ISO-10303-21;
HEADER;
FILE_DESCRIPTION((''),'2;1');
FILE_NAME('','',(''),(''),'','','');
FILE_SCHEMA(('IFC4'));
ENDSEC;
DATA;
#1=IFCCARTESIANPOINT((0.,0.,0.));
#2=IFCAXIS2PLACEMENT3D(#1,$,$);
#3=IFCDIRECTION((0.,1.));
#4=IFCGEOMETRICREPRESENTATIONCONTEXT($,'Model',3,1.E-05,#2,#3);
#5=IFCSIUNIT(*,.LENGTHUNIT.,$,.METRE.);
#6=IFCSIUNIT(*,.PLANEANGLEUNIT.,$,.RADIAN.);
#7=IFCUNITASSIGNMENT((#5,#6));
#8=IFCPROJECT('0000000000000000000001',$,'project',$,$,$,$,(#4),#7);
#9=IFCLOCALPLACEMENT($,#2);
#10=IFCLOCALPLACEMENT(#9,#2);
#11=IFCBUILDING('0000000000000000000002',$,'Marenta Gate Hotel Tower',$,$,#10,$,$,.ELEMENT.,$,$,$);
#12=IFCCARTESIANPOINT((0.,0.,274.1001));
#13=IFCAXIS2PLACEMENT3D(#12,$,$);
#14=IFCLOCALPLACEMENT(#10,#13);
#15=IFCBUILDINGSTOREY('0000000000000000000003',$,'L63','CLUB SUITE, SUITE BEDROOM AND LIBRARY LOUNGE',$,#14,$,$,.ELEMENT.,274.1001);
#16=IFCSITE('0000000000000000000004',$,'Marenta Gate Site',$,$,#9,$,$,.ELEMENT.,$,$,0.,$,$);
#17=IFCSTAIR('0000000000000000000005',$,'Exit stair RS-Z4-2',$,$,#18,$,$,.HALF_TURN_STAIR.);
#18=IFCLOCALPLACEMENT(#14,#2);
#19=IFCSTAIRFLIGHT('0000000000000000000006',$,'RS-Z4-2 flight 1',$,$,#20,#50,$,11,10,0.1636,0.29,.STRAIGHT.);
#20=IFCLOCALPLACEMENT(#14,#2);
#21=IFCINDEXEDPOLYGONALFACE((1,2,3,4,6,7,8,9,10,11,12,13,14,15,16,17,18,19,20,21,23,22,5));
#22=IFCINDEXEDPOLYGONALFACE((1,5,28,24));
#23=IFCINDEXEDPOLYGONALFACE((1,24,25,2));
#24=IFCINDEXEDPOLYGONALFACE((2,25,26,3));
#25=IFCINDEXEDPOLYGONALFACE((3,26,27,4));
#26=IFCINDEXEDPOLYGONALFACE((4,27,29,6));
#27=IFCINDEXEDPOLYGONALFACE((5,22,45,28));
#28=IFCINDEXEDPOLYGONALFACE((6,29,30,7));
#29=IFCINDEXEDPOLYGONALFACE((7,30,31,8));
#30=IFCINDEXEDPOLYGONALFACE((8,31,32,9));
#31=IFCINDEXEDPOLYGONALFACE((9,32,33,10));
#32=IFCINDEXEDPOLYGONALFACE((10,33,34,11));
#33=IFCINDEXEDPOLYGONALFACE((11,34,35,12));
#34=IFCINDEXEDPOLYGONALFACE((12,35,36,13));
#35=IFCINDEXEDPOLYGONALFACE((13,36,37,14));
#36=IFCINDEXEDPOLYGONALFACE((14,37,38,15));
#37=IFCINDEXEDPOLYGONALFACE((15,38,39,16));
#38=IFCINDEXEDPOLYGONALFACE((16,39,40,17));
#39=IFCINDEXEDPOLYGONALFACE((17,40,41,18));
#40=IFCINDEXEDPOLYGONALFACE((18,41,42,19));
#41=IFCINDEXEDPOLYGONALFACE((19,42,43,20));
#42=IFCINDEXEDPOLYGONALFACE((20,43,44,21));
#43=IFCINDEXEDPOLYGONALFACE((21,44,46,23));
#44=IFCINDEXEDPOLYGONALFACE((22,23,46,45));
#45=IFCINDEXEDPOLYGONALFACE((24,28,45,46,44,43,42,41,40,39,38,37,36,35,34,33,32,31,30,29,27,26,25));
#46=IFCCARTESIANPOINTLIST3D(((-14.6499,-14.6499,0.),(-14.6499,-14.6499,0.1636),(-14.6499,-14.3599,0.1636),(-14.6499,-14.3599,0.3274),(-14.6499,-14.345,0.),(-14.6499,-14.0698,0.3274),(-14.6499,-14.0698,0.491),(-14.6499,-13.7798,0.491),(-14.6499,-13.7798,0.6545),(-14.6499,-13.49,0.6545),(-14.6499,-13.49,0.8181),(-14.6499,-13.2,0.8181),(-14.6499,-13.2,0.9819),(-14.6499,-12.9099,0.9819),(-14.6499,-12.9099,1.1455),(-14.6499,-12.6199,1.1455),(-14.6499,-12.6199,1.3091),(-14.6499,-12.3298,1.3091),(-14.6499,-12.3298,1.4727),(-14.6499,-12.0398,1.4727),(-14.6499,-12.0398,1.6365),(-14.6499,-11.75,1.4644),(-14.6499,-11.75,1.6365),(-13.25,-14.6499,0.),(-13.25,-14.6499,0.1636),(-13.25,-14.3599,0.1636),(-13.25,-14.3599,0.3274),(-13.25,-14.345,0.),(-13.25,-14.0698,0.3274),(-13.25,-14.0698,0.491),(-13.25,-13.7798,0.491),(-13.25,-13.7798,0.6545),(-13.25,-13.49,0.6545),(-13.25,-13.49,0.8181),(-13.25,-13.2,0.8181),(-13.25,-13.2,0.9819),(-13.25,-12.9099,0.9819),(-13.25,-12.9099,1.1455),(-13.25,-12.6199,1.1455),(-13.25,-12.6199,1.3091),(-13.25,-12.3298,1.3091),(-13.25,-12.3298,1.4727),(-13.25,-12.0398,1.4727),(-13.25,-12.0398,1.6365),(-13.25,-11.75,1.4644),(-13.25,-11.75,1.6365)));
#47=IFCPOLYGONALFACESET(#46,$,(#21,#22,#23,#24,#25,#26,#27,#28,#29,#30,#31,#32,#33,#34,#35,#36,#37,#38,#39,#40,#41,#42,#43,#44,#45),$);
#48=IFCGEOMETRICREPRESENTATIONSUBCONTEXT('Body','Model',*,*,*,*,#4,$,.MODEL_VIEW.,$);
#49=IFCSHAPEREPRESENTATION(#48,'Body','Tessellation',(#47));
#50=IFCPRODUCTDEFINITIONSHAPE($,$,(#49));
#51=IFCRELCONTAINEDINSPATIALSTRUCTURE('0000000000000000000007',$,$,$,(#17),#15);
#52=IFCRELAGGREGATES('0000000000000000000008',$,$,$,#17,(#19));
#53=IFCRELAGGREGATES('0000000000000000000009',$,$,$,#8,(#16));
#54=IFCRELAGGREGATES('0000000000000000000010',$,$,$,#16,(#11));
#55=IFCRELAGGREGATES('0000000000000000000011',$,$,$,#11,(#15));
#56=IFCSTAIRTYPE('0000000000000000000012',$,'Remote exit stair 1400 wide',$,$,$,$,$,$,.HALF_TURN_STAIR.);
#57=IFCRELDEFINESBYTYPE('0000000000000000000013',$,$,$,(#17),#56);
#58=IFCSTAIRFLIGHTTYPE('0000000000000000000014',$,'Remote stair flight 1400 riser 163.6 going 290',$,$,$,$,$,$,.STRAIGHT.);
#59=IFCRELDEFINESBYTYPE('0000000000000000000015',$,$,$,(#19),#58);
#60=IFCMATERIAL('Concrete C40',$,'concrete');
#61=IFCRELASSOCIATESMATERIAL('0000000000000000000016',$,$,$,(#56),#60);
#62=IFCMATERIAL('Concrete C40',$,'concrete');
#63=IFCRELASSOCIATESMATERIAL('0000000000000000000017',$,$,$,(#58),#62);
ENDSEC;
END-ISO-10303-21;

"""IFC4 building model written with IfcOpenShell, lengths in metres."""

from ifc_helpers import new_model, si_unit, direction, frame, origin, place, context, subcontext, project, spatial, polyline, outline, extrude, material, type_object, element, aggregate, save


model = new_model("IFC4")

# Units and contexts
model_context = context("Model", 3, precision=1e-05, world=origin(), true_north=direction((0.0, 1.0)))
body_context = subcontext(model_context, "Body", "Model", "MODEL_VIEW")
ifc_project = project(units=[si_unit("LENGTHUNIT", "METRE"), si_unit("PLANEANGLEUNIT", "RADIAN")], contexts=[model_context])

# Site, building, storey
site_placement = place(None, origin())
site = spatial("IfcSite", under=ifc_project, at=site_placement, Name="Marenta Gate Site", CompositionType="ELEMENT", RefElevation=0.0)
building_placement = place(site_placement, origin())
building = spatial("IfcBuilding", under=site, at=building_placement, Name="Marenta Gate Hotel Tower", CompositionType="ELEMENT")
storey_placement = place(building_placement, frame((0.0, 0.0, 274.1001)))
storey = spatial("IfcBuildingStorey", under=building, at=storey_placement, Name="L63", Description="CLUB SUITE, SUITE BEDROOM AND LIBRARY LOUNGE", CompositionType="ELEMENT", Elevation=274.1001)

# Stair, stair flight
ifc_material_1 = material(Name="Concrete C40", Category="concrete")
stair_type = type_object("IfcStairType", Name="Remote exit stair 1400 wide", PredefinedType="HALF_TURN_STAIR", material=ifc_material_1)
stair_placement = place(storey_placement, origin())
stair = element("IfcStair", 1, at=stair_placement, inside=storey, type_object=stair_type, Name="Exit stair RS-Z4-2", PredefinedType="HALF_TURN_STAIR")
ifc_material_2 = material(Name="Concrete C40", Category="concrete")
stair_flight_type = type_object("IfcStairFlightType", Name="Remote stair flight 1400 riser 163.6 going 290", PredefinedType="STRAIGHT", material=ifc_material_2)
stair_flight_placement = place(storey_placement, frame((-13.95, -14.6499, 0.0), z_axis=(0.0, 0.0, 1.0), x_axis=(0.0, 1.0, 0.0)))
stair_flight = element("IfcStairFlight", 2, at=stair_flight_placement, type_object=stair_flight_type, Name="RS-Z4-2 flight 1", NumberOfRisers=11, NumberOfTreads=10, PredefinedType="STRAIGHT", RiserHeight=0.1636, TreadLength=0.29, context=body_context, shape_type="SweptSolid", body=[
    extrude(outline(polyline([(0.0, 0.0), (0.0, 0.1636), (0.29, 0.1636), (0.29, 0.3274), (0.5801, 0.3274), (0.5801, 0.491), (0.8701, 0.491), (0.8701, 0.6545), (1.1599, 0.6545), (1.1599, 0.8181), (1.45, 0.8181), (1.45, 0.9819), (1.74, 0.9819), (1.74, 1.1455), (2.03, 1.1455), (2.03, 1.3091), (2.3201, 1.3091), (2.3201, 1.4727), (2.6101, 1.4727), (2.6101, 1.6365), (2.8999, 1.6365), (2.8999, 1.8), (2.8999, 1.4644), (0.3049, 0.0), (0.0, 0.0)])), frame((0.0, 0.7, 0.0), z_axis=(0.0, -1.0, 0.0), x_axis=(1.0, 0.0, 0.0)), (0.0, 0.0, 1.0), 1.3999),
])
aggregate(stair, [stair_flight])

save(model, "model.ifc")
